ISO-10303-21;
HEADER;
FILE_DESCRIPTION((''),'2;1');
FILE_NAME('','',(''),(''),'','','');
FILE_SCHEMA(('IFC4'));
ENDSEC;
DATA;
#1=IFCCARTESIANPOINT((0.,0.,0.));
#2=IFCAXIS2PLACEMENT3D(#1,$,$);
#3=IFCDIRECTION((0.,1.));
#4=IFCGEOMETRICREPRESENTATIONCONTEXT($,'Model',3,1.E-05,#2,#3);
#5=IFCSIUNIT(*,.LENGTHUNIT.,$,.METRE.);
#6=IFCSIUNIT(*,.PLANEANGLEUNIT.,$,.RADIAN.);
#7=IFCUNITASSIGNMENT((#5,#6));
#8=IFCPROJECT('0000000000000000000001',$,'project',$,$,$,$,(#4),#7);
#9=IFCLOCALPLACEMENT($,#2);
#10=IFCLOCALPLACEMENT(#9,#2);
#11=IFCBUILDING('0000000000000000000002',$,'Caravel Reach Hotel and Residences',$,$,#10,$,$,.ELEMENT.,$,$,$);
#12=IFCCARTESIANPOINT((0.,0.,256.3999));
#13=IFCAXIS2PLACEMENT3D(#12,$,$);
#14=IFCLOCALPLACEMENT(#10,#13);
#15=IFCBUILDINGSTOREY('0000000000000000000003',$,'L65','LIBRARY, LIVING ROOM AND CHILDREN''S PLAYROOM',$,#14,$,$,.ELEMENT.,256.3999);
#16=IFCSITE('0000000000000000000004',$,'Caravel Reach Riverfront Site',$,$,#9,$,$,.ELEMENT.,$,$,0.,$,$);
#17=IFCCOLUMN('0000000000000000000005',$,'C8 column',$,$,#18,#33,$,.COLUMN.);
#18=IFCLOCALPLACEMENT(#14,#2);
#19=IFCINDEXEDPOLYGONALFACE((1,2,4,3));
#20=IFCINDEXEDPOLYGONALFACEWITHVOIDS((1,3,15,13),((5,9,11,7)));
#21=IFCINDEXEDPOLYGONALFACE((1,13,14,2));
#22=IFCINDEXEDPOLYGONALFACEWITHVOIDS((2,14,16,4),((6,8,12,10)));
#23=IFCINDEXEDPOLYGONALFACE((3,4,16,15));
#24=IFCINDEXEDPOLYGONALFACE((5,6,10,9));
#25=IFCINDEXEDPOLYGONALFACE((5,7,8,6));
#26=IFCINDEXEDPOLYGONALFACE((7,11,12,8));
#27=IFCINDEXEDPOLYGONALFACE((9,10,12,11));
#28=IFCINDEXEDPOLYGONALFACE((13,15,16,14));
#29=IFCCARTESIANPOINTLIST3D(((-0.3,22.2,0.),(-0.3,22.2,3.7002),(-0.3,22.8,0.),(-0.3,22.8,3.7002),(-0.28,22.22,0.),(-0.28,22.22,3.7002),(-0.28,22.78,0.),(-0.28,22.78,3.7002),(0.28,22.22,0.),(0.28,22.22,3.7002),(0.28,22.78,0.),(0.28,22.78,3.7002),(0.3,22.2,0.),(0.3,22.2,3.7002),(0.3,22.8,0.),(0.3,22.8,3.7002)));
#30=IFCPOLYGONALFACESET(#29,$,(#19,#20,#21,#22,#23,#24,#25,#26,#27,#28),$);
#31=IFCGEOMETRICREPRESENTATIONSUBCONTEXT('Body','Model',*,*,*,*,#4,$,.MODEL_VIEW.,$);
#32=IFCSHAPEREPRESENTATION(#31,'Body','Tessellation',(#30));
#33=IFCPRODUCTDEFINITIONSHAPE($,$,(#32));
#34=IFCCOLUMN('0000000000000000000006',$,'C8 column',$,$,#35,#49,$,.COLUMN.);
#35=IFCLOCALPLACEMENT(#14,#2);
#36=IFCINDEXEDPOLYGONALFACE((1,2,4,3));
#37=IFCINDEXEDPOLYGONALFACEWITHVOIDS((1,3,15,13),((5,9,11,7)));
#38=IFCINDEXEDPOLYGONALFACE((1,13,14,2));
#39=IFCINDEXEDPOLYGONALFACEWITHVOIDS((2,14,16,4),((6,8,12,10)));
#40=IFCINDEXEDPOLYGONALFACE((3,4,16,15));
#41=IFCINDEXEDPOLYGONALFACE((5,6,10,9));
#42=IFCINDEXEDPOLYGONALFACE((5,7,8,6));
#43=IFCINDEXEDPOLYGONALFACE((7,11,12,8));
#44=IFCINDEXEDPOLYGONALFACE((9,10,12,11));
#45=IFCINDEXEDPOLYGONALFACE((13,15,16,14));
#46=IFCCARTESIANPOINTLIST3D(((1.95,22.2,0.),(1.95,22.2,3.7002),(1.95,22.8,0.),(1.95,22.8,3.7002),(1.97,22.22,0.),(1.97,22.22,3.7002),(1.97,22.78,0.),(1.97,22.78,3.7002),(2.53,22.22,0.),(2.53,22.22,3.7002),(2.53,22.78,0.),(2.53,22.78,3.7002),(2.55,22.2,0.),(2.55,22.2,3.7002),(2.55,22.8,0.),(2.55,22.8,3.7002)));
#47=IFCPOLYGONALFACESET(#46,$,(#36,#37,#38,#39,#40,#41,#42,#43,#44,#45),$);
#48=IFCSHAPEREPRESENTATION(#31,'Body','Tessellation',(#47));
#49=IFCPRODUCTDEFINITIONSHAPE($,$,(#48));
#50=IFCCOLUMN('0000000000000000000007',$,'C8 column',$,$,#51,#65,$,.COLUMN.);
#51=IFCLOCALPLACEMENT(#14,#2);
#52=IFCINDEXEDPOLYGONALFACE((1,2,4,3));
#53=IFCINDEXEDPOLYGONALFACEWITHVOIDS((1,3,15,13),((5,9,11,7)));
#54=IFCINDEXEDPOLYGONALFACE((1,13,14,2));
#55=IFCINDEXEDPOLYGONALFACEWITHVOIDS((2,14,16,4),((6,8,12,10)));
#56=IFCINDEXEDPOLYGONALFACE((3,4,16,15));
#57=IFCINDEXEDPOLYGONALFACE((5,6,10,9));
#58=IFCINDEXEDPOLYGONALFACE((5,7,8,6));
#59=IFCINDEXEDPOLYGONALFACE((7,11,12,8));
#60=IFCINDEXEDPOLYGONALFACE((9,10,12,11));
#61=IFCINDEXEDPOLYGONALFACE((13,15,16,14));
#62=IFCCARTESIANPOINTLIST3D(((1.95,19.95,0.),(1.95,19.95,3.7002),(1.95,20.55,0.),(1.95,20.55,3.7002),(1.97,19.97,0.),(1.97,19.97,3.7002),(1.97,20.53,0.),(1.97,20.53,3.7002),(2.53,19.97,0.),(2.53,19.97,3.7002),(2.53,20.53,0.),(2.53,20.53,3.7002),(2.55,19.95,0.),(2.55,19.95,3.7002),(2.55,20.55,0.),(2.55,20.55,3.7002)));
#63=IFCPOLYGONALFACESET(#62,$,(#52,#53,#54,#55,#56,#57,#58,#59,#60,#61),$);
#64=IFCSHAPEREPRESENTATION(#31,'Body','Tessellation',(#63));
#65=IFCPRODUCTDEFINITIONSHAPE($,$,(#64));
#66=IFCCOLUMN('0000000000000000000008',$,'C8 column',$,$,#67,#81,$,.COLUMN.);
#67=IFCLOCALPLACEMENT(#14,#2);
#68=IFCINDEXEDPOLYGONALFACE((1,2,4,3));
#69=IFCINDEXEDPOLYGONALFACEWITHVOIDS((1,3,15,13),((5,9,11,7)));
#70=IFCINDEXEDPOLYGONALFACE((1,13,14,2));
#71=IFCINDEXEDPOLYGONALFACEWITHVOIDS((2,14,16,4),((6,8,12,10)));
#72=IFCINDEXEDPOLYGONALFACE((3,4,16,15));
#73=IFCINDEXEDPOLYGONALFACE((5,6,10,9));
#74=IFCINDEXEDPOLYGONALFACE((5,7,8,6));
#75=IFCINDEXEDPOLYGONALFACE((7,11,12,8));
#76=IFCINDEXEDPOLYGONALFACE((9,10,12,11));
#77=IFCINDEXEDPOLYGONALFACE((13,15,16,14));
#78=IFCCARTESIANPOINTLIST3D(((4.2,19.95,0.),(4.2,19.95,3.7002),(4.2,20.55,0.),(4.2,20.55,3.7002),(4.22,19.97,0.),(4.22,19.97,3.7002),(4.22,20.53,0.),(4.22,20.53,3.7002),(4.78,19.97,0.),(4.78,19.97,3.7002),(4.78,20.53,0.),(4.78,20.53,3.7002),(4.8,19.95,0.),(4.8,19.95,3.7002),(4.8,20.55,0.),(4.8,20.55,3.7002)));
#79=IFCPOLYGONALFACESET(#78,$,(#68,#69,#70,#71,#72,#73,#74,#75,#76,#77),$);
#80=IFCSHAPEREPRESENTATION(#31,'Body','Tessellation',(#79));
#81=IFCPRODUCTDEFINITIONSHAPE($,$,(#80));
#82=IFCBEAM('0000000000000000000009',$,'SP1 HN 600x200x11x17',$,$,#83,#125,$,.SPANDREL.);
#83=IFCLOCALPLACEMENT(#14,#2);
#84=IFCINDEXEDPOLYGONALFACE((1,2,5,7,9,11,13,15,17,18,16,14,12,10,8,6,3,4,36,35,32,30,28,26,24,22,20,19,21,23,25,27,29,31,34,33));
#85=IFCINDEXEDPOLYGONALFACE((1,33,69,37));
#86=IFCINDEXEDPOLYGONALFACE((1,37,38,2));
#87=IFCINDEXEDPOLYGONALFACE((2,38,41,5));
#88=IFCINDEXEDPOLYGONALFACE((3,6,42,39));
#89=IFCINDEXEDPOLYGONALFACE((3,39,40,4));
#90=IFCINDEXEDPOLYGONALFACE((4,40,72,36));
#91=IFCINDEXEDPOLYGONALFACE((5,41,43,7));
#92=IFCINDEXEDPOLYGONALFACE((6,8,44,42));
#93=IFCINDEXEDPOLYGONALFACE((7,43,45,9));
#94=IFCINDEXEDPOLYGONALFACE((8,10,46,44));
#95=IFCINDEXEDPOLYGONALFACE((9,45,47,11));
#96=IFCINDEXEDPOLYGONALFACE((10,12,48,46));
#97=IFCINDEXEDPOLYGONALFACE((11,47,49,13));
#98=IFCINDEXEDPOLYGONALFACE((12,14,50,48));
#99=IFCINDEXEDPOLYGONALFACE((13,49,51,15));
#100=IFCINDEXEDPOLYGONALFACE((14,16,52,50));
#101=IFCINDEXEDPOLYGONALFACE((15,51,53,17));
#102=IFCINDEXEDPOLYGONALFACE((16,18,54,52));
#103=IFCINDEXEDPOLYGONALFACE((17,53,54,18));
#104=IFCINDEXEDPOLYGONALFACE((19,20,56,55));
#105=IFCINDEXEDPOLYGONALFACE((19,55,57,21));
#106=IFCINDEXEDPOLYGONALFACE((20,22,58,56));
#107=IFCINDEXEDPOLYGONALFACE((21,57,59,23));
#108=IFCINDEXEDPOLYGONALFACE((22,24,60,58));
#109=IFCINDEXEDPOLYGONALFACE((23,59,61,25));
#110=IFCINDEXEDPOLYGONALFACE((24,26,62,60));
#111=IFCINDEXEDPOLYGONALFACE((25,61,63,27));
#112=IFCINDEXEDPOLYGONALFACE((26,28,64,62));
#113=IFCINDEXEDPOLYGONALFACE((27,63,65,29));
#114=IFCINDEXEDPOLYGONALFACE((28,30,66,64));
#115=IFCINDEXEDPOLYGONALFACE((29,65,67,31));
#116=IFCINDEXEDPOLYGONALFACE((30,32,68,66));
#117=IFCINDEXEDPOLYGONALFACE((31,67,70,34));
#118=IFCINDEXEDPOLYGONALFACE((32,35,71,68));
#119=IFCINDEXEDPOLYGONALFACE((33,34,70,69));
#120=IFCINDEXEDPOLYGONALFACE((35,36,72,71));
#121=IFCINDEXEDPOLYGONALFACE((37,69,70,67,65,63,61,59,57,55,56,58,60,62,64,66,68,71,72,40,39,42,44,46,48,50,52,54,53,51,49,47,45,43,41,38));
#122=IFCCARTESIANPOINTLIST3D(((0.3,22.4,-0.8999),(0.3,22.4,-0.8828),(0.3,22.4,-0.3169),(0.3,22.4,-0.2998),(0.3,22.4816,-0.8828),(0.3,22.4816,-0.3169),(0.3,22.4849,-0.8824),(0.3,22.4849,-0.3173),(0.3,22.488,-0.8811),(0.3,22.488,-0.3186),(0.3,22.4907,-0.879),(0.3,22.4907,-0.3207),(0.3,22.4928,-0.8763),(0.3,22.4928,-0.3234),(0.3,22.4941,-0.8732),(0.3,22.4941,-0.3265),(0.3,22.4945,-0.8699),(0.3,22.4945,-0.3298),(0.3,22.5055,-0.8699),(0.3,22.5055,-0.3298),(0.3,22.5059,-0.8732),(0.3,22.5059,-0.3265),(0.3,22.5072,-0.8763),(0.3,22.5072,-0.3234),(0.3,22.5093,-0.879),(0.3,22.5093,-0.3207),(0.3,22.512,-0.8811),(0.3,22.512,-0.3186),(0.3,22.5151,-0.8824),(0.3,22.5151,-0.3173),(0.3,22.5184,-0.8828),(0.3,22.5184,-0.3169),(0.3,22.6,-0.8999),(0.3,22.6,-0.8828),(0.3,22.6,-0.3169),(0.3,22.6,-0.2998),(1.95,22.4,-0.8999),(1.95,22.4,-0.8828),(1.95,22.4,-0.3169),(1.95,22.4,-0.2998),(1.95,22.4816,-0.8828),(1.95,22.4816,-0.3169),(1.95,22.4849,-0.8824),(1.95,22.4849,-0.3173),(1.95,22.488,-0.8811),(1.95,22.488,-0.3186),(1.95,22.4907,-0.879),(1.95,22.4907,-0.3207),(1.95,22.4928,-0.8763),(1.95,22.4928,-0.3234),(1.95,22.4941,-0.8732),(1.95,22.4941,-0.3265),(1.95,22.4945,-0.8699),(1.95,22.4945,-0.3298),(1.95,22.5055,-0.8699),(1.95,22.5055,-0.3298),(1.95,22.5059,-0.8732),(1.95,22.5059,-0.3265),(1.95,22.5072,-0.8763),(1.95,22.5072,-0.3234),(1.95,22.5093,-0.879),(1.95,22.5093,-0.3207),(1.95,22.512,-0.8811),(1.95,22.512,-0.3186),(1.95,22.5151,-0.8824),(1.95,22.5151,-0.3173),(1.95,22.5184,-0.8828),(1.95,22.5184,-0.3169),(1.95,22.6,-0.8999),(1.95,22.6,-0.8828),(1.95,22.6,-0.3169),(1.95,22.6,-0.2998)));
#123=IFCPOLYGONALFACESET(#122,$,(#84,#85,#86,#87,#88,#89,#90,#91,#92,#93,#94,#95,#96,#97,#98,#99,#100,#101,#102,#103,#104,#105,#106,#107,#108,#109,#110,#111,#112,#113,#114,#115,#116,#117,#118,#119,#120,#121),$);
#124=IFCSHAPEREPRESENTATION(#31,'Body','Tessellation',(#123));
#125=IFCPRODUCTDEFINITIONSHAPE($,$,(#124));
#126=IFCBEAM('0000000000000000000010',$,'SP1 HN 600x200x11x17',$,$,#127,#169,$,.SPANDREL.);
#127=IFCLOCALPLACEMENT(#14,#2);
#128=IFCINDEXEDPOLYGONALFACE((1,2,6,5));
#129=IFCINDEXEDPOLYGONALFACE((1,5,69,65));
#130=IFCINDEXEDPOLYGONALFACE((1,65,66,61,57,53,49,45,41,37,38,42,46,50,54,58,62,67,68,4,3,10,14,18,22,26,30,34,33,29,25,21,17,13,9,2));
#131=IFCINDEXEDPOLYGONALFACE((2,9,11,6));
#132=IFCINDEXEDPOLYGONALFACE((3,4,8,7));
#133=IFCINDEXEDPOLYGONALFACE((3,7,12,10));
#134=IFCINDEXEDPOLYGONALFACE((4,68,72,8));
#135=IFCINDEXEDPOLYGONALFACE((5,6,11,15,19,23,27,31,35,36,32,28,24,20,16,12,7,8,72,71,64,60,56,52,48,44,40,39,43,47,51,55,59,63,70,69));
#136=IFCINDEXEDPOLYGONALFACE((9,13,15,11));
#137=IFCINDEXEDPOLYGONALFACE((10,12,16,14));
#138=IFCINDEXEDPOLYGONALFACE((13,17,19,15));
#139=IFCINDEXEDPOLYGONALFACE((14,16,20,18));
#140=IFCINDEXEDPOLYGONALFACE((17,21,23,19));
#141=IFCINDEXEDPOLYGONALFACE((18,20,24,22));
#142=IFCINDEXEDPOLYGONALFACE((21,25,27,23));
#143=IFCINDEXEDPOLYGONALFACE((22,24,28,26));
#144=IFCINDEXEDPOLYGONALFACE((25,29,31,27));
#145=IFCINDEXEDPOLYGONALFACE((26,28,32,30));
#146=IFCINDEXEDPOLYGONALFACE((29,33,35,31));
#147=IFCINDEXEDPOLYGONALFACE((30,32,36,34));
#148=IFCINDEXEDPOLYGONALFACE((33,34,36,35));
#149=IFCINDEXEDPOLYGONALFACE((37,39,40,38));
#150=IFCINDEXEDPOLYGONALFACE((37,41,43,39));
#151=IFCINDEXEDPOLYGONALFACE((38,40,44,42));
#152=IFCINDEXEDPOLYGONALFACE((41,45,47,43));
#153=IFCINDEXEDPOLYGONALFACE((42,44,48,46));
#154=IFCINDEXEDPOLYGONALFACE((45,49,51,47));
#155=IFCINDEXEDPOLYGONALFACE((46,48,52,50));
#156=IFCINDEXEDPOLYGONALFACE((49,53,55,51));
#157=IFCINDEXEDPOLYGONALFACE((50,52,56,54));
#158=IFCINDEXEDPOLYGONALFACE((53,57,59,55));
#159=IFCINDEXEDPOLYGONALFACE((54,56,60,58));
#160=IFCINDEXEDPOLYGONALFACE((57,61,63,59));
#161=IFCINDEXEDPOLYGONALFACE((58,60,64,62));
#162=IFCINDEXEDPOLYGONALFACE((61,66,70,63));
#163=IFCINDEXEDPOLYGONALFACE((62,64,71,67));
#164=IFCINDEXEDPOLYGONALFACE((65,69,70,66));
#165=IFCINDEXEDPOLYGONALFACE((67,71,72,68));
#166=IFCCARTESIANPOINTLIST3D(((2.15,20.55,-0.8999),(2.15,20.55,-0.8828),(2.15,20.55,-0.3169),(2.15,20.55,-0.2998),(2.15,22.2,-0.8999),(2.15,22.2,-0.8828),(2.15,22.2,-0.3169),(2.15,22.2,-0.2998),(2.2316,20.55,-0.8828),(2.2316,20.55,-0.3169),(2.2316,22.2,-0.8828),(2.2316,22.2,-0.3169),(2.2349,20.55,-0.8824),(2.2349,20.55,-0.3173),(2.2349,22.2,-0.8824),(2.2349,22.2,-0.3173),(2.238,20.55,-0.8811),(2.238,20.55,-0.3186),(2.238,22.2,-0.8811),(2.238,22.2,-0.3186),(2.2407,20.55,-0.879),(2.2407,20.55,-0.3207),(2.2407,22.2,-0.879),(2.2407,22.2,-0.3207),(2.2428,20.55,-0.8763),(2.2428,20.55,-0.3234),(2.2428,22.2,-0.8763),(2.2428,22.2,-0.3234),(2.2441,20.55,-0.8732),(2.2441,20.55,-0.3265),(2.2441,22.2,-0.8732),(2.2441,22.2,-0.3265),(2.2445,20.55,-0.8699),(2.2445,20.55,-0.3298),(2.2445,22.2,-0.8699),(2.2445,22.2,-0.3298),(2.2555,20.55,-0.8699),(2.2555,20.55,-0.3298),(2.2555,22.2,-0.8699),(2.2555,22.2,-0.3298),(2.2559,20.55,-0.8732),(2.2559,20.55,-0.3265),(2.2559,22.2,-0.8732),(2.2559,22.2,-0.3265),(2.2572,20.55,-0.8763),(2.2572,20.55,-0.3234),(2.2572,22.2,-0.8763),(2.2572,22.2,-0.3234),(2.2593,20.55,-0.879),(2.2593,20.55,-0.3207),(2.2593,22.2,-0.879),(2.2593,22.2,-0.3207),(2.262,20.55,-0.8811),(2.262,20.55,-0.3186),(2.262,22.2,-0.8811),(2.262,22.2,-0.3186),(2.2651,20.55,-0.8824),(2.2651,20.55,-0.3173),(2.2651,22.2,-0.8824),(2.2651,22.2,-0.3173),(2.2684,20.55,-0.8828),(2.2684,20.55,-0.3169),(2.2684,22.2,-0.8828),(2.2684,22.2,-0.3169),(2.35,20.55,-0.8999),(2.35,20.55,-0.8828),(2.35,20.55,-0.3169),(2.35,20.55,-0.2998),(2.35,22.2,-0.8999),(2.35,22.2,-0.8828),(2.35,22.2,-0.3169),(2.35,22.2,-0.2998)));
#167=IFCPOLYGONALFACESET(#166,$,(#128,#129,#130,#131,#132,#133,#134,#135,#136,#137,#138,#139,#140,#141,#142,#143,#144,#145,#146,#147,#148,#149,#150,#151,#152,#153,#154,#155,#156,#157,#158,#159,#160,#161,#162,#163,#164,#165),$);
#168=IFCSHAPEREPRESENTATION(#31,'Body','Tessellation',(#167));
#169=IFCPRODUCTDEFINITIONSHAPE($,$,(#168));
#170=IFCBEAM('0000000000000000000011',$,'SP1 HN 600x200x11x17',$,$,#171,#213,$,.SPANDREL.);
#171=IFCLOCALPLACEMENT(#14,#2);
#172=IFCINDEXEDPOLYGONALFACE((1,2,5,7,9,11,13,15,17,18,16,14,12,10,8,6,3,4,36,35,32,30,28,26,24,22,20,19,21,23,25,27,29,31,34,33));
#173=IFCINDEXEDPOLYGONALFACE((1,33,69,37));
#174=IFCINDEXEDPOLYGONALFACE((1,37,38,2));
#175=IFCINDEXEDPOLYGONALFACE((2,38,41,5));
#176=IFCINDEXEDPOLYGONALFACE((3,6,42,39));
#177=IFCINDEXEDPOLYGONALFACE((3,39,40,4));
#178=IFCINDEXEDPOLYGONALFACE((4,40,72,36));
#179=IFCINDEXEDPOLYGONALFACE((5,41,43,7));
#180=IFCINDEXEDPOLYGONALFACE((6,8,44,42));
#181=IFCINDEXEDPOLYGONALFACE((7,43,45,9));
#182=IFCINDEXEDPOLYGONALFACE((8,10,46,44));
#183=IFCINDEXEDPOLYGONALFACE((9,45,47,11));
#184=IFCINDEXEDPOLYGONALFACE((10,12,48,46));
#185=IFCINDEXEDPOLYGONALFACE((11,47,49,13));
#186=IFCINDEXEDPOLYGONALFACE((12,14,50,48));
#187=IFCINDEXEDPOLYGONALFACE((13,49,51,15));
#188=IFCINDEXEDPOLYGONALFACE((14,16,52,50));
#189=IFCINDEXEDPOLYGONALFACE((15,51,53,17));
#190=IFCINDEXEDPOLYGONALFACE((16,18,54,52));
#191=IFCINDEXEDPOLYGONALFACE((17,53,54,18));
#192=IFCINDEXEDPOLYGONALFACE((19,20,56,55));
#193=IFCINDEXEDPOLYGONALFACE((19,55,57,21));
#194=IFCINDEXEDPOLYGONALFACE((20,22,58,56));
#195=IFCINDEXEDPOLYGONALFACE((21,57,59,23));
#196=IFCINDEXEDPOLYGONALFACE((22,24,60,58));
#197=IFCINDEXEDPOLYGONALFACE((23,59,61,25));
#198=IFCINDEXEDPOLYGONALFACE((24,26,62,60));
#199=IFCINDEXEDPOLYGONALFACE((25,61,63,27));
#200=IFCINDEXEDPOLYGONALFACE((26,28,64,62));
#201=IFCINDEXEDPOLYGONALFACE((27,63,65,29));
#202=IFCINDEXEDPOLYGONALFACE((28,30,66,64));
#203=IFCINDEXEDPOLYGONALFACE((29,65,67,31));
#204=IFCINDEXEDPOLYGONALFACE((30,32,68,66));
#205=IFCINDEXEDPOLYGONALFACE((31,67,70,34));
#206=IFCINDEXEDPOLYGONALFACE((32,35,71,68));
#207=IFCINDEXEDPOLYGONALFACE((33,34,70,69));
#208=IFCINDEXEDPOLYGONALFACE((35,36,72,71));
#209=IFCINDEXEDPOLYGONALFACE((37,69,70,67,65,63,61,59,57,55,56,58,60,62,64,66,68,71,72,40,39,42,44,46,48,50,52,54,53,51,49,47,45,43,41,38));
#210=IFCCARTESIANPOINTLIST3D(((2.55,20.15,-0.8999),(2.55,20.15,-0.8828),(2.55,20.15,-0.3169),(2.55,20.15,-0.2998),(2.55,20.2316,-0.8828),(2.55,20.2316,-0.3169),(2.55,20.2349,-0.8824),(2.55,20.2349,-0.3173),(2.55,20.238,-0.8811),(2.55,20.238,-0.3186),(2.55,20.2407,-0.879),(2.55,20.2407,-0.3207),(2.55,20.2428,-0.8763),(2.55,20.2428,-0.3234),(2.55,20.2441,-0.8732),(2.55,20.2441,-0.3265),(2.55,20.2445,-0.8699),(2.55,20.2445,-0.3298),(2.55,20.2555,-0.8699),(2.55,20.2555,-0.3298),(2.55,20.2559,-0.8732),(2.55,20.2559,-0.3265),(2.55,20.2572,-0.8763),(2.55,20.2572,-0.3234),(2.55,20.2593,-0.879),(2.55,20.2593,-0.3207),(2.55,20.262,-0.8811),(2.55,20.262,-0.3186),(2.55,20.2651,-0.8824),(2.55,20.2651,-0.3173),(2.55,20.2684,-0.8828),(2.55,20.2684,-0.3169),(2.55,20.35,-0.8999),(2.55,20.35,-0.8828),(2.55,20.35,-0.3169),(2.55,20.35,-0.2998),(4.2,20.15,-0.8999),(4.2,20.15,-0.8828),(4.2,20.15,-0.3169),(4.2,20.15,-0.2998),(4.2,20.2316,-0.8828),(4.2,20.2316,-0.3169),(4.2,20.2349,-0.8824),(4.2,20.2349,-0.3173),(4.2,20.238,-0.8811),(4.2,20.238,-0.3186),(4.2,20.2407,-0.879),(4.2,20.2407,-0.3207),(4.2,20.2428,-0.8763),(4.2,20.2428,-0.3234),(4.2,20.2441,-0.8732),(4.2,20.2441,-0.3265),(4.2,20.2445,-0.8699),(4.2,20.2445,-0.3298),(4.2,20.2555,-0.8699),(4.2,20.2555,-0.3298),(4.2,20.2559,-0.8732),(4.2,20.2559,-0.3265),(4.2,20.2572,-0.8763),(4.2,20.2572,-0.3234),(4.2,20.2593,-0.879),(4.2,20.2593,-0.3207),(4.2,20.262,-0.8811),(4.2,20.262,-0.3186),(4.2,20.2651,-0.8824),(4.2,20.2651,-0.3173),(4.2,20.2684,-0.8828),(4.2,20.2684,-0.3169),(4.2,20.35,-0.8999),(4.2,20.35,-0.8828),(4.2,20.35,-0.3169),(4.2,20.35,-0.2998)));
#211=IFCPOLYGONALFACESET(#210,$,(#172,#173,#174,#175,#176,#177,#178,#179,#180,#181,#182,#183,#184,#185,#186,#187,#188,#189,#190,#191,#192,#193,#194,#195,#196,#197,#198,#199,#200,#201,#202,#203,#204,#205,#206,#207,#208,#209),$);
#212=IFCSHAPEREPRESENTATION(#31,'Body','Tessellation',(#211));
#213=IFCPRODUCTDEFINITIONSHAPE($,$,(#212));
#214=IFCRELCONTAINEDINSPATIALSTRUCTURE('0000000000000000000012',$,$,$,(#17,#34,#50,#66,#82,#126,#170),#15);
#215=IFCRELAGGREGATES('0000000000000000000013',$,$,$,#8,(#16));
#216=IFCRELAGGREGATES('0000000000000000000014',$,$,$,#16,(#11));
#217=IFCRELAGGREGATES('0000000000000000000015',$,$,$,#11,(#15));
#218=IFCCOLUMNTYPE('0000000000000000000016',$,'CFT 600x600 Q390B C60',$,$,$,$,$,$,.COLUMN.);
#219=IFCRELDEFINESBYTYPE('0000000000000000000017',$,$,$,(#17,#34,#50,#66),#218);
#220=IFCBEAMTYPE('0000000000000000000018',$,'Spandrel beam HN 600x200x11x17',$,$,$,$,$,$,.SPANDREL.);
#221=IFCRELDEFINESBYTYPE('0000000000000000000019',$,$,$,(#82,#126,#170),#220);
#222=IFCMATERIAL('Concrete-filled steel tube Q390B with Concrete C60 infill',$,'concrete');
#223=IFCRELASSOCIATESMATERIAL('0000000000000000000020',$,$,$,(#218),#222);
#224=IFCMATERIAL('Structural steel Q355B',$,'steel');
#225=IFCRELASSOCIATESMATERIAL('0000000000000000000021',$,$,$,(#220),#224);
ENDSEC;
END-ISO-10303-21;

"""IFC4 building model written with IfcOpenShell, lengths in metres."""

from ifc_helpers import new_model, si_unit, direction, frame, origin, origin_2d, place, context, subcontext, project, spatial, hollow_rectangle, i_section, extrude, material, material_profile, profile_set, type_object, element, save


model = new_model("IFC4")

# Units and contexts
model_context = context("Model", 3, precision=1e-05, world=origin(), true_north=direction((0.0, 1.0)))
body_context = subcontext(model_context, "Body", "Model", "MODEL_VIEW")
ifc_project = project(units=[si_unit("LENGTHUNIT", "METRE"), si_unit("PLANEANGLEUNIT", "RADIAN")], contexts=[model_context])

# Site, building, storey
site_placement = place(None, origin())
site = spatial("IfcSite", under=ifc_project, at=site_placement, Name="Caravel Reach Riverfront Site", CompositionType="ELEMENT", RefElevation=0.0)
building_placement = place(site_placement, origin())
building = spatial("IfcBuilding", under=site, at=building_placement, Name="Caravel Reach Hotel and Residences", CompositionType="ELEMENT")
storey_placement = place(building_placement, frame((0.0, 0.0, 256.3999)))
storey = spatial("IfcBuildingStorey", under=building, at=storey_placement, Name="L65", Description="LIBRARY, LIVING ROOM AND CHILDREN'S PLAYROOM", CompositionType="ELEMENT", Elevation=256.3999)

# Columns
ifc_material_1 = material(Name="Concrete-filled steel tube Q390B with Concrete C60 infill", Category="concrete")
ifc_material_profile_1 = material_profile(ifc_material_1, hollow_rectangle(XDim=0.6001, YDim=0.6001, WallThickness=0.02, at=origin_2d()), Name="RHS 600x600x20")
ifc_profile_set_1 = profile_set([ifc_material_profile_1], Name="Concrete-filled steel tube Q390B with Concrete C60 infill")
column_type = type_object("IfcColumnType", Name="CFT 600x600 Q390B C60", PredefinedType="COLUMN", material=ifc_profile_set_1)
for number, where, z_axis, x_axis, name in (
    (1, (0.0, 22.5, 0.0), (0.0, 0.0, 1.0), (1.0, 0.0, 0.0), "C8 column"),
    (2, (2.25, 22.5, 0.0), (0.0, 0.0, 1.0), (1.0, 0.0, 0.0), "C8 column"),
    (3, (2.25, 20.25, 0.0), (0.0, 0.0, 1.0), (1.0, 0.0, 0.0), "C8 column"),
    (4, (4.5, 20.25, 0.0), (0.0, 0.0, 1.0), (1.0, 0.0, 0.0), "C8 column"),
):
    element("IfcColumn", number, at=place(storey_placement, frame(where, z_axis=z_axis, x_axis=x_axis)), inside=storey, type_object=column_type, Name=name, PredefinedType="COLUMN", context=body_context, shape_type="SweptSolid", body=[
        extrude(hollow_rectangle(XDim=0.6001, YDim=0.6001, WallThickness=0.02, at=origin_2d()), origin(), (0.0, 0.0, 1.0), 3.7002),
    ])

# Beams
ifc_material_2 = material(Name="Structural steel Q355B", Category="steel")
ifc_material_profile_2 = material_profile(ifc_material_2, i_section(OverallWidth=0.2, OverallDepth=0.6001, WebThickness=0.011, FlangeThickness=0.0171, FilletRadius=0.0129, at=origin_2d()), Name="HN 600x200x11x17")
ifc_profile_set_2 = profile_set([ifc_material_profile_2], Name="Structural steel Q355B")
beam_type = type_object("IfcBeamType", Name="Spandrel beam HN 600x200x11x17", PredefinedType="SPANDREL", material=ifc_profile_set_2)
for number, where, z_axis, x_axis, name in (
    (5, (0.3, 22.5, -0.5999), (1.0, 0.0, 0.0), (0.0, 1.0, 0.0), "SP1 HN 600x200x11x17"),
    (6, (2.25, 22.2, -0.5999), (0.0, -1.0, 0.0), (1.0, 0.0, 0.0), "SP1 HN 600x200x11x17"),
    (7, (2.55, 20.25, -0.5999), (1.0, 0.0, 0.0), (0.0, 1.0, 0.0), "SP1 HN 600x200x11x17"),
):
    element("IfcBeam", number, at=place(storey_placement, frame(where, z_axis=z_axis, x_axis=x_axis)), inside=storey, type_object=beam_type, Name=name, PredefinedType="SPANDREL", context=body_context, shape_type="SweptSolid", body=[
        extrude(i_section(OverallWidth=0.2, OverallDepth=0.6001, WebThickness=0.011, FlangeThickness=0.0171, FilletRadius=0.0129, at=origin_2d()), origin(), (0.0, 0.0, 1.0), 1.6499),
    ])

save(model, "model.ifc")
